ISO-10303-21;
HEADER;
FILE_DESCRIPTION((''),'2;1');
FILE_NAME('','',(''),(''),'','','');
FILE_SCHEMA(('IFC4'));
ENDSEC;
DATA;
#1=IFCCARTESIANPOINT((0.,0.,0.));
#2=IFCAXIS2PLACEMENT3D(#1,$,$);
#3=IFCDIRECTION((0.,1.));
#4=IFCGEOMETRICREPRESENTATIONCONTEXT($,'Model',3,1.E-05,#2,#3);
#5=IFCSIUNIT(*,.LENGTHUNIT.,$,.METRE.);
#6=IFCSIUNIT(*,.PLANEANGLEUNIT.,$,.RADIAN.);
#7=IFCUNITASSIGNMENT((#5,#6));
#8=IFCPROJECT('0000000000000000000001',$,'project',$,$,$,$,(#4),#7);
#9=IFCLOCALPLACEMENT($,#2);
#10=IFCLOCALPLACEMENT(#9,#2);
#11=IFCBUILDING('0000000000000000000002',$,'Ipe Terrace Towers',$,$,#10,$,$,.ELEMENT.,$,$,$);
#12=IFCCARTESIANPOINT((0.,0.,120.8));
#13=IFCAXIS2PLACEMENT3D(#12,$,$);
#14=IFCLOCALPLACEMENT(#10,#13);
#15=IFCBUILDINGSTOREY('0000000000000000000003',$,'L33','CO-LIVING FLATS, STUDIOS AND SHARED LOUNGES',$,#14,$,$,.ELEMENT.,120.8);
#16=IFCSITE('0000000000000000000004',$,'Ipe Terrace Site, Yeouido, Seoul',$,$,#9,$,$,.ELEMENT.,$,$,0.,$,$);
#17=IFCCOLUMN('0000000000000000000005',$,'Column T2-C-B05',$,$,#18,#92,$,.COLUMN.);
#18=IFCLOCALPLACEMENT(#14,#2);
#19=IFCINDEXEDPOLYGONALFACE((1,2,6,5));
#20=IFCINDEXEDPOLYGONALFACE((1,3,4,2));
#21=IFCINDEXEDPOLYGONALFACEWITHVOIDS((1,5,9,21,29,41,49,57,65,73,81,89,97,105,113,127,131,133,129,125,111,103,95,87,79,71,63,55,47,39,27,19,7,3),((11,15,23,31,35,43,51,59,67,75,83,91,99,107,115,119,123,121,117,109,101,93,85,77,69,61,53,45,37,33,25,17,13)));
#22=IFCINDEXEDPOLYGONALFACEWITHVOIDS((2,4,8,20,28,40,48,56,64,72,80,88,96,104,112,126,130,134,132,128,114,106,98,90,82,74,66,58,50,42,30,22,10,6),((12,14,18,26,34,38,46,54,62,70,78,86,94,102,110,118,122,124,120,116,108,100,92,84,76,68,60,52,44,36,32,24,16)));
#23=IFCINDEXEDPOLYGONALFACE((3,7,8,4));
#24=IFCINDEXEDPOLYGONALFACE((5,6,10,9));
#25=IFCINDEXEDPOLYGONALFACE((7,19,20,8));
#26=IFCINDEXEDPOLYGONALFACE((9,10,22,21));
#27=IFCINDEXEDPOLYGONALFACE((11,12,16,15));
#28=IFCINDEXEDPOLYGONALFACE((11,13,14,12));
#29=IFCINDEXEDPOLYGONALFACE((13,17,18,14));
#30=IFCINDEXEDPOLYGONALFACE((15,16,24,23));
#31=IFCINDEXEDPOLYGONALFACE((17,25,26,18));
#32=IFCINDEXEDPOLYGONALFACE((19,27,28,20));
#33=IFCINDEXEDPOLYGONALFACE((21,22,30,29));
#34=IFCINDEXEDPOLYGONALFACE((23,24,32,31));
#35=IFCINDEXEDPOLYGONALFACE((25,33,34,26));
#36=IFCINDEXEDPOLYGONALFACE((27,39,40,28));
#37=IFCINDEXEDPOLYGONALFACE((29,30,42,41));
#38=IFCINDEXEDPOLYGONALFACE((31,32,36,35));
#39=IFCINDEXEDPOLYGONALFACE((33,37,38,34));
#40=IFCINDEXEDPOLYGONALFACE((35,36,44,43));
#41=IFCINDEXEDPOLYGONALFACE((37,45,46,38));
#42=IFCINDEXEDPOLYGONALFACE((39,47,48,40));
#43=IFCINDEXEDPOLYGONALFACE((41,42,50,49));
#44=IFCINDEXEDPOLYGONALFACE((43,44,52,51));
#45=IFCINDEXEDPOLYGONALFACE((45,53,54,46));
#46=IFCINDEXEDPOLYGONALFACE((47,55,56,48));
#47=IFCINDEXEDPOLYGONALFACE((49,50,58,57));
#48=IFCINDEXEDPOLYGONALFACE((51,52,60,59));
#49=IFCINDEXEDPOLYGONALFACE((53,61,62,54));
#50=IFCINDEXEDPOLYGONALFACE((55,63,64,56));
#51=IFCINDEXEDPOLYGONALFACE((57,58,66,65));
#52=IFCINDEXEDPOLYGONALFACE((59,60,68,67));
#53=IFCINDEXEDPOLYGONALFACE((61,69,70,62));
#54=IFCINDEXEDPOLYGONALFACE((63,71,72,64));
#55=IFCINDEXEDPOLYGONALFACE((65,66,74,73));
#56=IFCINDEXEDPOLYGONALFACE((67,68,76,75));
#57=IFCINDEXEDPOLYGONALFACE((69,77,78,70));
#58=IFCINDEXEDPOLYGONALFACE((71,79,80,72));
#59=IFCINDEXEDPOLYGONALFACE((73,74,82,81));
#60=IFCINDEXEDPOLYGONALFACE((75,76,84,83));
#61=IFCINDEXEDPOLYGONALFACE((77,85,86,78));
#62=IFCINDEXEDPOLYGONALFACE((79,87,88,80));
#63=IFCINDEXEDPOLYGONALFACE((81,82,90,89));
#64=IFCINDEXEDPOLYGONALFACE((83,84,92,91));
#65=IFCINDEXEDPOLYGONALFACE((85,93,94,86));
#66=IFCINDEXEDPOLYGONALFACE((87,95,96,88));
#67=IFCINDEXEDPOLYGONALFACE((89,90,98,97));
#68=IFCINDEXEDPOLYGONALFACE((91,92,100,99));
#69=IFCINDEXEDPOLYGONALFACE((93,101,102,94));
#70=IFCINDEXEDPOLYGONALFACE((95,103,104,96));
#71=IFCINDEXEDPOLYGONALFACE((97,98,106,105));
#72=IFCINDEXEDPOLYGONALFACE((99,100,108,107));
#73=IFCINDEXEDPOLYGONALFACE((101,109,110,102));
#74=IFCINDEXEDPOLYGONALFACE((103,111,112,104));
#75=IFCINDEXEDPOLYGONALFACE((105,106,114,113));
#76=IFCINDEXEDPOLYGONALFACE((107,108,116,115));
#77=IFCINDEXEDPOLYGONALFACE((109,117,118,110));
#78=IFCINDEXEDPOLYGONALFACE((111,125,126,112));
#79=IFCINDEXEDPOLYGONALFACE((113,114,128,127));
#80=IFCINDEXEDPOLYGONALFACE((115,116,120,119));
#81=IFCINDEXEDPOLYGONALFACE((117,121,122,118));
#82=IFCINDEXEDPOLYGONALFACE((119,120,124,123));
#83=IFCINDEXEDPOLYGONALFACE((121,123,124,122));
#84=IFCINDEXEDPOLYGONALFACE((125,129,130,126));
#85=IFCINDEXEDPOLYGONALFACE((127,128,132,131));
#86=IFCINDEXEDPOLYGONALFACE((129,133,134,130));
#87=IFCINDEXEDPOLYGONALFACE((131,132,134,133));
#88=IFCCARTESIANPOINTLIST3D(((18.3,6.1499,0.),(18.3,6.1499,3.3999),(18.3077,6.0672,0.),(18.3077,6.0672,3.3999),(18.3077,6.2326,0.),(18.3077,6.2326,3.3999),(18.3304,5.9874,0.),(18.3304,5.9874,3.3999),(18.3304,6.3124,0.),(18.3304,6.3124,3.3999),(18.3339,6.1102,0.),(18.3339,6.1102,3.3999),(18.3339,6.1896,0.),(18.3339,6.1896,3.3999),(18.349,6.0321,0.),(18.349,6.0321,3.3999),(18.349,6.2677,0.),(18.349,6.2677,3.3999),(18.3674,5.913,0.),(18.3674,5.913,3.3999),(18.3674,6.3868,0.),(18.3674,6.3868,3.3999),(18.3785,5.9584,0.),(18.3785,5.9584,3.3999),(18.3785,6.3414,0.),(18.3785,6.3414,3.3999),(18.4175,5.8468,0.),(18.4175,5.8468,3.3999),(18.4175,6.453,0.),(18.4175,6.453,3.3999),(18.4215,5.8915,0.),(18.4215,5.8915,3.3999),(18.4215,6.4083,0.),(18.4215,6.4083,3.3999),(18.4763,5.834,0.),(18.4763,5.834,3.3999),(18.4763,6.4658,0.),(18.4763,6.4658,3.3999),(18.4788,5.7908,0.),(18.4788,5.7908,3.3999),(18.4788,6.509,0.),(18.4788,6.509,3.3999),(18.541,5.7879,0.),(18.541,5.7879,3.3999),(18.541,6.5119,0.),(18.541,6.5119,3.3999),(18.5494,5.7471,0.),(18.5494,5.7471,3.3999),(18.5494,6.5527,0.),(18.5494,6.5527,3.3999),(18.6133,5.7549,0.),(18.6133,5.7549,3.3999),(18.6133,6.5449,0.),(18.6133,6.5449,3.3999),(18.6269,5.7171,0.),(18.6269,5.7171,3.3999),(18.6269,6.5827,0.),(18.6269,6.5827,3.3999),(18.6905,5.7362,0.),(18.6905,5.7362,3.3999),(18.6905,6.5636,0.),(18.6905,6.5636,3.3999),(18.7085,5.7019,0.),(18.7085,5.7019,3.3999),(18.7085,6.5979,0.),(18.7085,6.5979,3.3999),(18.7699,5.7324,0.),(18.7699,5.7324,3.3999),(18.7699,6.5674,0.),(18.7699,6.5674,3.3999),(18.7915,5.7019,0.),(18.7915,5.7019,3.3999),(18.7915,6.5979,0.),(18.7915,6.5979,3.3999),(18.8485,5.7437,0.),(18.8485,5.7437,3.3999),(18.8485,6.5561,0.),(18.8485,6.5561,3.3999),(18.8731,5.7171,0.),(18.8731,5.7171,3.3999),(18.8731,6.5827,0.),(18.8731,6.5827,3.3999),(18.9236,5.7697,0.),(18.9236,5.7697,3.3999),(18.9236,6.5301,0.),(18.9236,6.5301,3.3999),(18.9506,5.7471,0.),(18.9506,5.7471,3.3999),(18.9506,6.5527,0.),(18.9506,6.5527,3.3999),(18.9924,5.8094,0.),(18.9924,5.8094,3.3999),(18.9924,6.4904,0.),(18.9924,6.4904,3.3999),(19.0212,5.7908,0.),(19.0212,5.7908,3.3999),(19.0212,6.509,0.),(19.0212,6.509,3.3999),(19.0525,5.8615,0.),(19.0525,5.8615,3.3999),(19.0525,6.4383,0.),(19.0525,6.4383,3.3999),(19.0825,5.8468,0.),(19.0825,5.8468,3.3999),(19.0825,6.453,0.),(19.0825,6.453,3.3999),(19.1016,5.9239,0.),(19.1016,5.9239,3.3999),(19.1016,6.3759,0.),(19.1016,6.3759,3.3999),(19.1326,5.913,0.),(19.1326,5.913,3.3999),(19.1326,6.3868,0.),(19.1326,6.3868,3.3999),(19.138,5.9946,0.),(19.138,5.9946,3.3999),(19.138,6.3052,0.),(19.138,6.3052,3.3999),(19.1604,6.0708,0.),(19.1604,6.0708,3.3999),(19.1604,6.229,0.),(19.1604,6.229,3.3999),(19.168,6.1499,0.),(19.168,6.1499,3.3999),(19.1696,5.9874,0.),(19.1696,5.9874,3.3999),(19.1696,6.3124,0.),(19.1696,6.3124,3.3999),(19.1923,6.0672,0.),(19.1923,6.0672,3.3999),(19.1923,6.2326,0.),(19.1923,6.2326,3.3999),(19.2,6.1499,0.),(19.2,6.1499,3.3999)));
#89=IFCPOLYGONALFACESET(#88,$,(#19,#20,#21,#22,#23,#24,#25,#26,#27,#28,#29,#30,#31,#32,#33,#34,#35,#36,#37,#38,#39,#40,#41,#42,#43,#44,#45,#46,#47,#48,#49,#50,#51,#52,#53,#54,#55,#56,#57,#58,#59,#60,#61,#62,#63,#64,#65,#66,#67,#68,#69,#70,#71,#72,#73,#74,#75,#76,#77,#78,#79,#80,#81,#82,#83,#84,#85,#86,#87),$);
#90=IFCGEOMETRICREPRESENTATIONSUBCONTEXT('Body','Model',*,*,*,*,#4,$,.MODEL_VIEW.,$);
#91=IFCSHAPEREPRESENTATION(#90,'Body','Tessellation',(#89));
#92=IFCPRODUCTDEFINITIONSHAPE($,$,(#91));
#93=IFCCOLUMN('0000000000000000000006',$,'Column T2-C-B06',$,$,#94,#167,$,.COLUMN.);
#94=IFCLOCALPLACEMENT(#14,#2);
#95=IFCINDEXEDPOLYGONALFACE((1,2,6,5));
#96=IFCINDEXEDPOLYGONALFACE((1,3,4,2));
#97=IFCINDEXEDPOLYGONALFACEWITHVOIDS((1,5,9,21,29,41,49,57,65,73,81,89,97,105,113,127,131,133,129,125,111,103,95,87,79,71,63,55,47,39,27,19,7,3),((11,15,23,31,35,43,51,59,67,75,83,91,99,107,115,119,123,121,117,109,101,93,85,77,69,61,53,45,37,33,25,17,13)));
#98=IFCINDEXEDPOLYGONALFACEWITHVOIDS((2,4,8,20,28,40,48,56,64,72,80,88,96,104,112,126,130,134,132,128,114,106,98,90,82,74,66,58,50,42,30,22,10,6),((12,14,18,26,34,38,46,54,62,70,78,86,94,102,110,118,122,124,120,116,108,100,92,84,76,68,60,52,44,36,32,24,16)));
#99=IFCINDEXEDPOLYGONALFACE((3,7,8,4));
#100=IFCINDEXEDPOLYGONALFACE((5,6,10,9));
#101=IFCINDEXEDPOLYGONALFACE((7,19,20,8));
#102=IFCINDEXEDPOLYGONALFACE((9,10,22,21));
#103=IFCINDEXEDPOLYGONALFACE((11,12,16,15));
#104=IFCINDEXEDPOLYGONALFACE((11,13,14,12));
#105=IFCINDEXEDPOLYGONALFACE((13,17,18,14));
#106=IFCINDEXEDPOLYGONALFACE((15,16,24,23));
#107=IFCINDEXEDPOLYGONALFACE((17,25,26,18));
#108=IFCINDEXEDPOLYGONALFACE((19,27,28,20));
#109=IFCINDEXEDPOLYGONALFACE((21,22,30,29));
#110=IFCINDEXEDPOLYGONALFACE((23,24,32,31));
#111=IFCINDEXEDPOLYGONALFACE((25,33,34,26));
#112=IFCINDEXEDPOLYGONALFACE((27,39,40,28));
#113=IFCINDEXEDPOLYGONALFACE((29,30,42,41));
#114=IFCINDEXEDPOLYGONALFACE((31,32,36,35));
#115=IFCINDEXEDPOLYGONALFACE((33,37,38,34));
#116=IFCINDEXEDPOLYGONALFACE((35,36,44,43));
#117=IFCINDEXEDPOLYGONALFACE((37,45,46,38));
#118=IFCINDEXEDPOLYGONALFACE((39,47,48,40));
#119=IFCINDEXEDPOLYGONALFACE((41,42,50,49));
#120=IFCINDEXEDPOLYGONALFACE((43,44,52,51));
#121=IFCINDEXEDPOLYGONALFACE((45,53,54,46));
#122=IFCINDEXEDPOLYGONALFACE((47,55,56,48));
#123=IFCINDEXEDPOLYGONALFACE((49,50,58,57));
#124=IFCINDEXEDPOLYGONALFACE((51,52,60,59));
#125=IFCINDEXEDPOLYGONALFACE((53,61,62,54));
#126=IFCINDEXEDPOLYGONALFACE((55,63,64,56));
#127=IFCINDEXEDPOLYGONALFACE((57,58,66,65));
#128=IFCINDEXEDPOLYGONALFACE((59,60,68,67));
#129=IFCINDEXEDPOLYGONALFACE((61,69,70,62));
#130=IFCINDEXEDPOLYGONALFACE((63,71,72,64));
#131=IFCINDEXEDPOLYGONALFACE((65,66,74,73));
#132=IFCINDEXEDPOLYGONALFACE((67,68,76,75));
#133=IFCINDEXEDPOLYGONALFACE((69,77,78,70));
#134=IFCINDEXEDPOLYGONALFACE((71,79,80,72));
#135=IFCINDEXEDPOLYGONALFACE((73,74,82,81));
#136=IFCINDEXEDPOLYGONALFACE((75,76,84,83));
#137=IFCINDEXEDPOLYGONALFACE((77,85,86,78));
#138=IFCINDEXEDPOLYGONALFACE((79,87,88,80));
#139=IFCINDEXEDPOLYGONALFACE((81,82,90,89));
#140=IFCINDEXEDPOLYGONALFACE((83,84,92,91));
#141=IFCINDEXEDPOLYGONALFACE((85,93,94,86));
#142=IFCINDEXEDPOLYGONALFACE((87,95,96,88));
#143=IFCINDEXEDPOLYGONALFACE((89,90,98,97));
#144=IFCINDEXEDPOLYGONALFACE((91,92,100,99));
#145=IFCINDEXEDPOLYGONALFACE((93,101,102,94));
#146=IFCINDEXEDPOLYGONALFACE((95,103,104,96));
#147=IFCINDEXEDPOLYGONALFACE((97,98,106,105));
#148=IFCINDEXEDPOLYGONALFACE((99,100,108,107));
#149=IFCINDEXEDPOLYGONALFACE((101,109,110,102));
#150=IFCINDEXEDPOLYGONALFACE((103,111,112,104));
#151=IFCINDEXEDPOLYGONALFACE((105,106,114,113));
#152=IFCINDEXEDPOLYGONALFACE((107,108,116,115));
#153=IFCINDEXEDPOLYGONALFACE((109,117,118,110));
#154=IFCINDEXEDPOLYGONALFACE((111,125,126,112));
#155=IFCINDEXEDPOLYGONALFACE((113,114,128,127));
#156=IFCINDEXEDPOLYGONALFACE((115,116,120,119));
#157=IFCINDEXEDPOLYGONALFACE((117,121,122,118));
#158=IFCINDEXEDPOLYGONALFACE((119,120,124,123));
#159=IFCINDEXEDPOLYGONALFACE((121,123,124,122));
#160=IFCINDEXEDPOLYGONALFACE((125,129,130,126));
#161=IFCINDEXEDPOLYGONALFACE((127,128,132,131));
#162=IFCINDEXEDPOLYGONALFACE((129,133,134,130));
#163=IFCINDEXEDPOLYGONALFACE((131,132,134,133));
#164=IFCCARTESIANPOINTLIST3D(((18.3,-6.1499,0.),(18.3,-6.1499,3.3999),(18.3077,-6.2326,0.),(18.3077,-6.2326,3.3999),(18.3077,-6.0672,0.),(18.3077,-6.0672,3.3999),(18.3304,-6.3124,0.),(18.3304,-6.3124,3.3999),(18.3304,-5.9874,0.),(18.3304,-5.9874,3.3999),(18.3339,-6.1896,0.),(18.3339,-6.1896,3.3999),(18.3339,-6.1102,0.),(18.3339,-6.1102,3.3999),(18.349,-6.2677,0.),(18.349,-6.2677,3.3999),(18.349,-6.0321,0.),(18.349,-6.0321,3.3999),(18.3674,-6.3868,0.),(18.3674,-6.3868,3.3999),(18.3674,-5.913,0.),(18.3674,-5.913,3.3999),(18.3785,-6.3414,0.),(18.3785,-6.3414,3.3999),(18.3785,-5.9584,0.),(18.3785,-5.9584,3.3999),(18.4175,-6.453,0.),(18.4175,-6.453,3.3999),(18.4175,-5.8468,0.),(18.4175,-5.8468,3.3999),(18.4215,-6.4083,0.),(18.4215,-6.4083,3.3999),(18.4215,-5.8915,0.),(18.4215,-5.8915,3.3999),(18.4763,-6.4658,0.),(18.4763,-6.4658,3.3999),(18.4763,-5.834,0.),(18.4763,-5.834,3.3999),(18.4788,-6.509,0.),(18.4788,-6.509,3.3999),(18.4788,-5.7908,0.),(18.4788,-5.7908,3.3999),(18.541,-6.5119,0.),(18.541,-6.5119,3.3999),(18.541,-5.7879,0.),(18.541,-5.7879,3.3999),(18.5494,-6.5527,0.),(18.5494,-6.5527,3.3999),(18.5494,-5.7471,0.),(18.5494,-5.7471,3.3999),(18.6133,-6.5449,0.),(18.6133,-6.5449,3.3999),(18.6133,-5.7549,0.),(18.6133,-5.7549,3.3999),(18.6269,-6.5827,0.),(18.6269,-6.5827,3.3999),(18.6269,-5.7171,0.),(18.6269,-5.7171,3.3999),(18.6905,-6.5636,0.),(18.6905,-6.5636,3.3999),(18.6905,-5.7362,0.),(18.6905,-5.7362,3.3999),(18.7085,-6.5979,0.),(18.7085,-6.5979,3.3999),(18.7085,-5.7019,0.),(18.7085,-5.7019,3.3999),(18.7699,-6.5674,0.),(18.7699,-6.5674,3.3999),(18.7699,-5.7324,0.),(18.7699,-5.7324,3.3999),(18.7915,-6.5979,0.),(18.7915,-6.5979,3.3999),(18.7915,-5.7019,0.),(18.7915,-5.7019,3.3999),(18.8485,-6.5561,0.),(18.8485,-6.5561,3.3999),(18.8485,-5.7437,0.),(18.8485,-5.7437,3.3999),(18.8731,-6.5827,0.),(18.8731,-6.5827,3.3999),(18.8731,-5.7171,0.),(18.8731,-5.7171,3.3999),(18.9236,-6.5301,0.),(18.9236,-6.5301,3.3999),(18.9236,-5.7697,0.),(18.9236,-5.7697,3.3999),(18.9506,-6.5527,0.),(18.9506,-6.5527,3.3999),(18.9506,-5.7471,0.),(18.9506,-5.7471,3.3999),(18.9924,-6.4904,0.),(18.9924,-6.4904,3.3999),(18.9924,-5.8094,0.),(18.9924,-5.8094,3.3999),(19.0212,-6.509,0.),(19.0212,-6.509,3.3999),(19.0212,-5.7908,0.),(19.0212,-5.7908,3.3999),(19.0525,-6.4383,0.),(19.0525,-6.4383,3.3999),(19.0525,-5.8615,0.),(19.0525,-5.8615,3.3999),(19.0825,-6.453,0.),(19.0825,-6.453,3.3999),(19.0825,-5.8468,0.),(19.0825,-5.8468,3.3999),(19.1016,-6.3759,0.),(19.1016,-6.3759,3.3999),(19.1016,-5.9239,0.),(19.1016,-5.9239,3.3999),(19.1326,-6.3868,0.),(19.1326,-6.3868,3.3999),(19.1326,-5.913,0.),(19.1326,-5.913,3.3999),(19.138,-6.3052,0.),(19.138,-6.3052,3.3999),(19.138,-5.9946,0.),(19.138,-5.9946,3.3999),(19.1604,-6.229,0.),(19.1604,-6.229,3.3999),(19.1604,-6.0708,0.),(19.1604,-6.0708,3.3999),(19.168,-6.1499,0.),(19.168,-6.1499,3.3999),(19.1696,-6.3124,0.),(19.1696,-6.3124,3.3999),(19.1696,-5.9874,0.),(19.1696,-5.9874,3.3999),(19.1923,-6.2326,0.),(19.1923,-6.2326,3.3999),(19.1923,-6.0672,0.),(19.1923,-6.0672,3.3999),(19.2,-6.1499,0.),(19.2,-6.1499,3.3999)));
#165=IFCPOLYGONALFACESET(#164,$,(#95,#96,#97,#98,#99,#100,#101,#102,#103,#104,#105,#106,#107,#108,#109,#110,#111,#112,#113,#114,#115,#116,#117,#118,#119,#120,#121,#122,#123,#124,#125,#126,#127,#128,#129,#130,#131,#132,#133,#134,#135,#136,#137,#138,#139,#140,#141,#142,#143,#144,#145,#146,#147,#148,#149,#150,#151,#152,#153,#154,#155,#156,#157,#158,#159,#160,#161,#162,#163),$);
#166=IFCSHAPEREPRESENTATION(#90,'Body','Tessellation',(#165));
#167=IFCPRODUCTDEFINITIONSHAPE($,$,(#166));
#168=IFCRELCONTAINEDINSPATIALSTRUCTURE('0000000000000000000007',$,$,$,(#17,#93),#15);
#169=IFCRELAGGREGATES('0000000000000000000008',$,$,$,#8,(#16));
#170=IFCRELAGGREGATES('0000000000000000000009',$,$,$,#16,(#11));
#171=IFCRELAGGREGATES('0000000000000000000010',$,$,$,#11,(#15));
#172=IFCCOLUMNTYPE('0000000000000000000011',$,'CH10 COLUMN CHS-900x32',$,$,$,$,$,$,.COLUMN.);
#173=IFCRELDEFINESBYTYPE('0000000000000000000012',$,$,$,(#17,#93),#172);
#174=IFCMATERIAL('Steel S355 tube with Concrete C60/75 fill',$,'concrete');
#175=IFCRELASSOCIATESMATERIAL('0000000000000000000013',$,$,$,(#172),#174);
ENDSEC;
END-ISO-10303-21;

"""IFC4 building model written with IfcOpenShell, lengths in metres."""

from ifc_helpers import new_model, si_unit, direction, frame, origin, origin_2d, place, context, subcontext, project, spatial, hollow_circle, extrude, material, material_profile, profile_set, type_object, element, save


model = new_model("IFC4")

# Units and contexts
model_context = context("Model", 3, precision=1e-05, world=origin(), true_north=direction((0.0, 1.0)))
body_context = subcontext(model_context, "Body", "Model", "MODEL_VIEW")
ifc_project = project(units=[si_unit("LENGTHUNIT", "METRE"), si_unit("PLANEANGLEUNIT", "RADIAN")], contexts=[model_context])

# Site, building, storey
site_placement = place(None, origin())
site = spatial("IfcSite", under=ifc_project, at=site_placement, Name="Ipe Terrace Site, Yeouido, Seoul", CompositionType="ELEMENT", RefElevation=0.0)
building_placement = place(site_placement, origin())
building = spatial("IfcBuilding", under=site, at=building_placement, Name="Ipe Terrace Towers", CompositionType="ELEMENT")
storey_placement = place(building_placement, frame((0.0, 0.0, 120.8)))
storey = spatial("IfcBuildingStorey", under=building, at=storey_placement, Name="L33", Description="CO-LIVING FLATS, STUDIOS AND SHARED LOUNGES", CompositionType="ELEMENT", Elevation=120.8)

# Columns
ifc_material_1 = material(Name="Steel S355 tube with Concrete C60/75 fill", Category="concrete")
ifc_material_profile_1 = material_profile(ifc_material_1, hollow_circle(Radius=0.45, WallThickness=0.032, at=origin_2d()), Name="CHS-900x32")
ifc_profile_set_1 = profile_set([ifc_material_profile_1], Name="Steel S355 tube with Concrete C60/75 fill")
column_type = type_object("IfcColumnType", Name="CH10 COLUMN CHS-900x32", PredefinedType="COLUMN", material=ifc_profile_set_1)
for number, where, z_axis, x_axis, name in (
    (1, (18.75, 6.1499, 0.0), (0.0, 0.0, 1.0), (1.0, 0.0, 0.0), "Column T2-C-B05"),
    (2, (18.75, -6.1499, 0.0), (0.0, 0.0, 1.0), (1.0, 0.0, 0.0), "Column T2-C-B06"),
):
    element("IfcColumn", number, at=place(storey_placement, frame(where, z_axis=z_axis, x_axis=x_axis)), inside=storey, type_object=column_type, Name=name, PredefinedType="COLUMN", context=body_context, shape_type="SweptSolid", body=[
        extrude(hollow_circle(Radius=0.45, WallThickness=0.032, at=origin_2d()), origin(), (0.0, 0.0, 1.0), 3.3999),
    ])

save(model, "model.ifc")
